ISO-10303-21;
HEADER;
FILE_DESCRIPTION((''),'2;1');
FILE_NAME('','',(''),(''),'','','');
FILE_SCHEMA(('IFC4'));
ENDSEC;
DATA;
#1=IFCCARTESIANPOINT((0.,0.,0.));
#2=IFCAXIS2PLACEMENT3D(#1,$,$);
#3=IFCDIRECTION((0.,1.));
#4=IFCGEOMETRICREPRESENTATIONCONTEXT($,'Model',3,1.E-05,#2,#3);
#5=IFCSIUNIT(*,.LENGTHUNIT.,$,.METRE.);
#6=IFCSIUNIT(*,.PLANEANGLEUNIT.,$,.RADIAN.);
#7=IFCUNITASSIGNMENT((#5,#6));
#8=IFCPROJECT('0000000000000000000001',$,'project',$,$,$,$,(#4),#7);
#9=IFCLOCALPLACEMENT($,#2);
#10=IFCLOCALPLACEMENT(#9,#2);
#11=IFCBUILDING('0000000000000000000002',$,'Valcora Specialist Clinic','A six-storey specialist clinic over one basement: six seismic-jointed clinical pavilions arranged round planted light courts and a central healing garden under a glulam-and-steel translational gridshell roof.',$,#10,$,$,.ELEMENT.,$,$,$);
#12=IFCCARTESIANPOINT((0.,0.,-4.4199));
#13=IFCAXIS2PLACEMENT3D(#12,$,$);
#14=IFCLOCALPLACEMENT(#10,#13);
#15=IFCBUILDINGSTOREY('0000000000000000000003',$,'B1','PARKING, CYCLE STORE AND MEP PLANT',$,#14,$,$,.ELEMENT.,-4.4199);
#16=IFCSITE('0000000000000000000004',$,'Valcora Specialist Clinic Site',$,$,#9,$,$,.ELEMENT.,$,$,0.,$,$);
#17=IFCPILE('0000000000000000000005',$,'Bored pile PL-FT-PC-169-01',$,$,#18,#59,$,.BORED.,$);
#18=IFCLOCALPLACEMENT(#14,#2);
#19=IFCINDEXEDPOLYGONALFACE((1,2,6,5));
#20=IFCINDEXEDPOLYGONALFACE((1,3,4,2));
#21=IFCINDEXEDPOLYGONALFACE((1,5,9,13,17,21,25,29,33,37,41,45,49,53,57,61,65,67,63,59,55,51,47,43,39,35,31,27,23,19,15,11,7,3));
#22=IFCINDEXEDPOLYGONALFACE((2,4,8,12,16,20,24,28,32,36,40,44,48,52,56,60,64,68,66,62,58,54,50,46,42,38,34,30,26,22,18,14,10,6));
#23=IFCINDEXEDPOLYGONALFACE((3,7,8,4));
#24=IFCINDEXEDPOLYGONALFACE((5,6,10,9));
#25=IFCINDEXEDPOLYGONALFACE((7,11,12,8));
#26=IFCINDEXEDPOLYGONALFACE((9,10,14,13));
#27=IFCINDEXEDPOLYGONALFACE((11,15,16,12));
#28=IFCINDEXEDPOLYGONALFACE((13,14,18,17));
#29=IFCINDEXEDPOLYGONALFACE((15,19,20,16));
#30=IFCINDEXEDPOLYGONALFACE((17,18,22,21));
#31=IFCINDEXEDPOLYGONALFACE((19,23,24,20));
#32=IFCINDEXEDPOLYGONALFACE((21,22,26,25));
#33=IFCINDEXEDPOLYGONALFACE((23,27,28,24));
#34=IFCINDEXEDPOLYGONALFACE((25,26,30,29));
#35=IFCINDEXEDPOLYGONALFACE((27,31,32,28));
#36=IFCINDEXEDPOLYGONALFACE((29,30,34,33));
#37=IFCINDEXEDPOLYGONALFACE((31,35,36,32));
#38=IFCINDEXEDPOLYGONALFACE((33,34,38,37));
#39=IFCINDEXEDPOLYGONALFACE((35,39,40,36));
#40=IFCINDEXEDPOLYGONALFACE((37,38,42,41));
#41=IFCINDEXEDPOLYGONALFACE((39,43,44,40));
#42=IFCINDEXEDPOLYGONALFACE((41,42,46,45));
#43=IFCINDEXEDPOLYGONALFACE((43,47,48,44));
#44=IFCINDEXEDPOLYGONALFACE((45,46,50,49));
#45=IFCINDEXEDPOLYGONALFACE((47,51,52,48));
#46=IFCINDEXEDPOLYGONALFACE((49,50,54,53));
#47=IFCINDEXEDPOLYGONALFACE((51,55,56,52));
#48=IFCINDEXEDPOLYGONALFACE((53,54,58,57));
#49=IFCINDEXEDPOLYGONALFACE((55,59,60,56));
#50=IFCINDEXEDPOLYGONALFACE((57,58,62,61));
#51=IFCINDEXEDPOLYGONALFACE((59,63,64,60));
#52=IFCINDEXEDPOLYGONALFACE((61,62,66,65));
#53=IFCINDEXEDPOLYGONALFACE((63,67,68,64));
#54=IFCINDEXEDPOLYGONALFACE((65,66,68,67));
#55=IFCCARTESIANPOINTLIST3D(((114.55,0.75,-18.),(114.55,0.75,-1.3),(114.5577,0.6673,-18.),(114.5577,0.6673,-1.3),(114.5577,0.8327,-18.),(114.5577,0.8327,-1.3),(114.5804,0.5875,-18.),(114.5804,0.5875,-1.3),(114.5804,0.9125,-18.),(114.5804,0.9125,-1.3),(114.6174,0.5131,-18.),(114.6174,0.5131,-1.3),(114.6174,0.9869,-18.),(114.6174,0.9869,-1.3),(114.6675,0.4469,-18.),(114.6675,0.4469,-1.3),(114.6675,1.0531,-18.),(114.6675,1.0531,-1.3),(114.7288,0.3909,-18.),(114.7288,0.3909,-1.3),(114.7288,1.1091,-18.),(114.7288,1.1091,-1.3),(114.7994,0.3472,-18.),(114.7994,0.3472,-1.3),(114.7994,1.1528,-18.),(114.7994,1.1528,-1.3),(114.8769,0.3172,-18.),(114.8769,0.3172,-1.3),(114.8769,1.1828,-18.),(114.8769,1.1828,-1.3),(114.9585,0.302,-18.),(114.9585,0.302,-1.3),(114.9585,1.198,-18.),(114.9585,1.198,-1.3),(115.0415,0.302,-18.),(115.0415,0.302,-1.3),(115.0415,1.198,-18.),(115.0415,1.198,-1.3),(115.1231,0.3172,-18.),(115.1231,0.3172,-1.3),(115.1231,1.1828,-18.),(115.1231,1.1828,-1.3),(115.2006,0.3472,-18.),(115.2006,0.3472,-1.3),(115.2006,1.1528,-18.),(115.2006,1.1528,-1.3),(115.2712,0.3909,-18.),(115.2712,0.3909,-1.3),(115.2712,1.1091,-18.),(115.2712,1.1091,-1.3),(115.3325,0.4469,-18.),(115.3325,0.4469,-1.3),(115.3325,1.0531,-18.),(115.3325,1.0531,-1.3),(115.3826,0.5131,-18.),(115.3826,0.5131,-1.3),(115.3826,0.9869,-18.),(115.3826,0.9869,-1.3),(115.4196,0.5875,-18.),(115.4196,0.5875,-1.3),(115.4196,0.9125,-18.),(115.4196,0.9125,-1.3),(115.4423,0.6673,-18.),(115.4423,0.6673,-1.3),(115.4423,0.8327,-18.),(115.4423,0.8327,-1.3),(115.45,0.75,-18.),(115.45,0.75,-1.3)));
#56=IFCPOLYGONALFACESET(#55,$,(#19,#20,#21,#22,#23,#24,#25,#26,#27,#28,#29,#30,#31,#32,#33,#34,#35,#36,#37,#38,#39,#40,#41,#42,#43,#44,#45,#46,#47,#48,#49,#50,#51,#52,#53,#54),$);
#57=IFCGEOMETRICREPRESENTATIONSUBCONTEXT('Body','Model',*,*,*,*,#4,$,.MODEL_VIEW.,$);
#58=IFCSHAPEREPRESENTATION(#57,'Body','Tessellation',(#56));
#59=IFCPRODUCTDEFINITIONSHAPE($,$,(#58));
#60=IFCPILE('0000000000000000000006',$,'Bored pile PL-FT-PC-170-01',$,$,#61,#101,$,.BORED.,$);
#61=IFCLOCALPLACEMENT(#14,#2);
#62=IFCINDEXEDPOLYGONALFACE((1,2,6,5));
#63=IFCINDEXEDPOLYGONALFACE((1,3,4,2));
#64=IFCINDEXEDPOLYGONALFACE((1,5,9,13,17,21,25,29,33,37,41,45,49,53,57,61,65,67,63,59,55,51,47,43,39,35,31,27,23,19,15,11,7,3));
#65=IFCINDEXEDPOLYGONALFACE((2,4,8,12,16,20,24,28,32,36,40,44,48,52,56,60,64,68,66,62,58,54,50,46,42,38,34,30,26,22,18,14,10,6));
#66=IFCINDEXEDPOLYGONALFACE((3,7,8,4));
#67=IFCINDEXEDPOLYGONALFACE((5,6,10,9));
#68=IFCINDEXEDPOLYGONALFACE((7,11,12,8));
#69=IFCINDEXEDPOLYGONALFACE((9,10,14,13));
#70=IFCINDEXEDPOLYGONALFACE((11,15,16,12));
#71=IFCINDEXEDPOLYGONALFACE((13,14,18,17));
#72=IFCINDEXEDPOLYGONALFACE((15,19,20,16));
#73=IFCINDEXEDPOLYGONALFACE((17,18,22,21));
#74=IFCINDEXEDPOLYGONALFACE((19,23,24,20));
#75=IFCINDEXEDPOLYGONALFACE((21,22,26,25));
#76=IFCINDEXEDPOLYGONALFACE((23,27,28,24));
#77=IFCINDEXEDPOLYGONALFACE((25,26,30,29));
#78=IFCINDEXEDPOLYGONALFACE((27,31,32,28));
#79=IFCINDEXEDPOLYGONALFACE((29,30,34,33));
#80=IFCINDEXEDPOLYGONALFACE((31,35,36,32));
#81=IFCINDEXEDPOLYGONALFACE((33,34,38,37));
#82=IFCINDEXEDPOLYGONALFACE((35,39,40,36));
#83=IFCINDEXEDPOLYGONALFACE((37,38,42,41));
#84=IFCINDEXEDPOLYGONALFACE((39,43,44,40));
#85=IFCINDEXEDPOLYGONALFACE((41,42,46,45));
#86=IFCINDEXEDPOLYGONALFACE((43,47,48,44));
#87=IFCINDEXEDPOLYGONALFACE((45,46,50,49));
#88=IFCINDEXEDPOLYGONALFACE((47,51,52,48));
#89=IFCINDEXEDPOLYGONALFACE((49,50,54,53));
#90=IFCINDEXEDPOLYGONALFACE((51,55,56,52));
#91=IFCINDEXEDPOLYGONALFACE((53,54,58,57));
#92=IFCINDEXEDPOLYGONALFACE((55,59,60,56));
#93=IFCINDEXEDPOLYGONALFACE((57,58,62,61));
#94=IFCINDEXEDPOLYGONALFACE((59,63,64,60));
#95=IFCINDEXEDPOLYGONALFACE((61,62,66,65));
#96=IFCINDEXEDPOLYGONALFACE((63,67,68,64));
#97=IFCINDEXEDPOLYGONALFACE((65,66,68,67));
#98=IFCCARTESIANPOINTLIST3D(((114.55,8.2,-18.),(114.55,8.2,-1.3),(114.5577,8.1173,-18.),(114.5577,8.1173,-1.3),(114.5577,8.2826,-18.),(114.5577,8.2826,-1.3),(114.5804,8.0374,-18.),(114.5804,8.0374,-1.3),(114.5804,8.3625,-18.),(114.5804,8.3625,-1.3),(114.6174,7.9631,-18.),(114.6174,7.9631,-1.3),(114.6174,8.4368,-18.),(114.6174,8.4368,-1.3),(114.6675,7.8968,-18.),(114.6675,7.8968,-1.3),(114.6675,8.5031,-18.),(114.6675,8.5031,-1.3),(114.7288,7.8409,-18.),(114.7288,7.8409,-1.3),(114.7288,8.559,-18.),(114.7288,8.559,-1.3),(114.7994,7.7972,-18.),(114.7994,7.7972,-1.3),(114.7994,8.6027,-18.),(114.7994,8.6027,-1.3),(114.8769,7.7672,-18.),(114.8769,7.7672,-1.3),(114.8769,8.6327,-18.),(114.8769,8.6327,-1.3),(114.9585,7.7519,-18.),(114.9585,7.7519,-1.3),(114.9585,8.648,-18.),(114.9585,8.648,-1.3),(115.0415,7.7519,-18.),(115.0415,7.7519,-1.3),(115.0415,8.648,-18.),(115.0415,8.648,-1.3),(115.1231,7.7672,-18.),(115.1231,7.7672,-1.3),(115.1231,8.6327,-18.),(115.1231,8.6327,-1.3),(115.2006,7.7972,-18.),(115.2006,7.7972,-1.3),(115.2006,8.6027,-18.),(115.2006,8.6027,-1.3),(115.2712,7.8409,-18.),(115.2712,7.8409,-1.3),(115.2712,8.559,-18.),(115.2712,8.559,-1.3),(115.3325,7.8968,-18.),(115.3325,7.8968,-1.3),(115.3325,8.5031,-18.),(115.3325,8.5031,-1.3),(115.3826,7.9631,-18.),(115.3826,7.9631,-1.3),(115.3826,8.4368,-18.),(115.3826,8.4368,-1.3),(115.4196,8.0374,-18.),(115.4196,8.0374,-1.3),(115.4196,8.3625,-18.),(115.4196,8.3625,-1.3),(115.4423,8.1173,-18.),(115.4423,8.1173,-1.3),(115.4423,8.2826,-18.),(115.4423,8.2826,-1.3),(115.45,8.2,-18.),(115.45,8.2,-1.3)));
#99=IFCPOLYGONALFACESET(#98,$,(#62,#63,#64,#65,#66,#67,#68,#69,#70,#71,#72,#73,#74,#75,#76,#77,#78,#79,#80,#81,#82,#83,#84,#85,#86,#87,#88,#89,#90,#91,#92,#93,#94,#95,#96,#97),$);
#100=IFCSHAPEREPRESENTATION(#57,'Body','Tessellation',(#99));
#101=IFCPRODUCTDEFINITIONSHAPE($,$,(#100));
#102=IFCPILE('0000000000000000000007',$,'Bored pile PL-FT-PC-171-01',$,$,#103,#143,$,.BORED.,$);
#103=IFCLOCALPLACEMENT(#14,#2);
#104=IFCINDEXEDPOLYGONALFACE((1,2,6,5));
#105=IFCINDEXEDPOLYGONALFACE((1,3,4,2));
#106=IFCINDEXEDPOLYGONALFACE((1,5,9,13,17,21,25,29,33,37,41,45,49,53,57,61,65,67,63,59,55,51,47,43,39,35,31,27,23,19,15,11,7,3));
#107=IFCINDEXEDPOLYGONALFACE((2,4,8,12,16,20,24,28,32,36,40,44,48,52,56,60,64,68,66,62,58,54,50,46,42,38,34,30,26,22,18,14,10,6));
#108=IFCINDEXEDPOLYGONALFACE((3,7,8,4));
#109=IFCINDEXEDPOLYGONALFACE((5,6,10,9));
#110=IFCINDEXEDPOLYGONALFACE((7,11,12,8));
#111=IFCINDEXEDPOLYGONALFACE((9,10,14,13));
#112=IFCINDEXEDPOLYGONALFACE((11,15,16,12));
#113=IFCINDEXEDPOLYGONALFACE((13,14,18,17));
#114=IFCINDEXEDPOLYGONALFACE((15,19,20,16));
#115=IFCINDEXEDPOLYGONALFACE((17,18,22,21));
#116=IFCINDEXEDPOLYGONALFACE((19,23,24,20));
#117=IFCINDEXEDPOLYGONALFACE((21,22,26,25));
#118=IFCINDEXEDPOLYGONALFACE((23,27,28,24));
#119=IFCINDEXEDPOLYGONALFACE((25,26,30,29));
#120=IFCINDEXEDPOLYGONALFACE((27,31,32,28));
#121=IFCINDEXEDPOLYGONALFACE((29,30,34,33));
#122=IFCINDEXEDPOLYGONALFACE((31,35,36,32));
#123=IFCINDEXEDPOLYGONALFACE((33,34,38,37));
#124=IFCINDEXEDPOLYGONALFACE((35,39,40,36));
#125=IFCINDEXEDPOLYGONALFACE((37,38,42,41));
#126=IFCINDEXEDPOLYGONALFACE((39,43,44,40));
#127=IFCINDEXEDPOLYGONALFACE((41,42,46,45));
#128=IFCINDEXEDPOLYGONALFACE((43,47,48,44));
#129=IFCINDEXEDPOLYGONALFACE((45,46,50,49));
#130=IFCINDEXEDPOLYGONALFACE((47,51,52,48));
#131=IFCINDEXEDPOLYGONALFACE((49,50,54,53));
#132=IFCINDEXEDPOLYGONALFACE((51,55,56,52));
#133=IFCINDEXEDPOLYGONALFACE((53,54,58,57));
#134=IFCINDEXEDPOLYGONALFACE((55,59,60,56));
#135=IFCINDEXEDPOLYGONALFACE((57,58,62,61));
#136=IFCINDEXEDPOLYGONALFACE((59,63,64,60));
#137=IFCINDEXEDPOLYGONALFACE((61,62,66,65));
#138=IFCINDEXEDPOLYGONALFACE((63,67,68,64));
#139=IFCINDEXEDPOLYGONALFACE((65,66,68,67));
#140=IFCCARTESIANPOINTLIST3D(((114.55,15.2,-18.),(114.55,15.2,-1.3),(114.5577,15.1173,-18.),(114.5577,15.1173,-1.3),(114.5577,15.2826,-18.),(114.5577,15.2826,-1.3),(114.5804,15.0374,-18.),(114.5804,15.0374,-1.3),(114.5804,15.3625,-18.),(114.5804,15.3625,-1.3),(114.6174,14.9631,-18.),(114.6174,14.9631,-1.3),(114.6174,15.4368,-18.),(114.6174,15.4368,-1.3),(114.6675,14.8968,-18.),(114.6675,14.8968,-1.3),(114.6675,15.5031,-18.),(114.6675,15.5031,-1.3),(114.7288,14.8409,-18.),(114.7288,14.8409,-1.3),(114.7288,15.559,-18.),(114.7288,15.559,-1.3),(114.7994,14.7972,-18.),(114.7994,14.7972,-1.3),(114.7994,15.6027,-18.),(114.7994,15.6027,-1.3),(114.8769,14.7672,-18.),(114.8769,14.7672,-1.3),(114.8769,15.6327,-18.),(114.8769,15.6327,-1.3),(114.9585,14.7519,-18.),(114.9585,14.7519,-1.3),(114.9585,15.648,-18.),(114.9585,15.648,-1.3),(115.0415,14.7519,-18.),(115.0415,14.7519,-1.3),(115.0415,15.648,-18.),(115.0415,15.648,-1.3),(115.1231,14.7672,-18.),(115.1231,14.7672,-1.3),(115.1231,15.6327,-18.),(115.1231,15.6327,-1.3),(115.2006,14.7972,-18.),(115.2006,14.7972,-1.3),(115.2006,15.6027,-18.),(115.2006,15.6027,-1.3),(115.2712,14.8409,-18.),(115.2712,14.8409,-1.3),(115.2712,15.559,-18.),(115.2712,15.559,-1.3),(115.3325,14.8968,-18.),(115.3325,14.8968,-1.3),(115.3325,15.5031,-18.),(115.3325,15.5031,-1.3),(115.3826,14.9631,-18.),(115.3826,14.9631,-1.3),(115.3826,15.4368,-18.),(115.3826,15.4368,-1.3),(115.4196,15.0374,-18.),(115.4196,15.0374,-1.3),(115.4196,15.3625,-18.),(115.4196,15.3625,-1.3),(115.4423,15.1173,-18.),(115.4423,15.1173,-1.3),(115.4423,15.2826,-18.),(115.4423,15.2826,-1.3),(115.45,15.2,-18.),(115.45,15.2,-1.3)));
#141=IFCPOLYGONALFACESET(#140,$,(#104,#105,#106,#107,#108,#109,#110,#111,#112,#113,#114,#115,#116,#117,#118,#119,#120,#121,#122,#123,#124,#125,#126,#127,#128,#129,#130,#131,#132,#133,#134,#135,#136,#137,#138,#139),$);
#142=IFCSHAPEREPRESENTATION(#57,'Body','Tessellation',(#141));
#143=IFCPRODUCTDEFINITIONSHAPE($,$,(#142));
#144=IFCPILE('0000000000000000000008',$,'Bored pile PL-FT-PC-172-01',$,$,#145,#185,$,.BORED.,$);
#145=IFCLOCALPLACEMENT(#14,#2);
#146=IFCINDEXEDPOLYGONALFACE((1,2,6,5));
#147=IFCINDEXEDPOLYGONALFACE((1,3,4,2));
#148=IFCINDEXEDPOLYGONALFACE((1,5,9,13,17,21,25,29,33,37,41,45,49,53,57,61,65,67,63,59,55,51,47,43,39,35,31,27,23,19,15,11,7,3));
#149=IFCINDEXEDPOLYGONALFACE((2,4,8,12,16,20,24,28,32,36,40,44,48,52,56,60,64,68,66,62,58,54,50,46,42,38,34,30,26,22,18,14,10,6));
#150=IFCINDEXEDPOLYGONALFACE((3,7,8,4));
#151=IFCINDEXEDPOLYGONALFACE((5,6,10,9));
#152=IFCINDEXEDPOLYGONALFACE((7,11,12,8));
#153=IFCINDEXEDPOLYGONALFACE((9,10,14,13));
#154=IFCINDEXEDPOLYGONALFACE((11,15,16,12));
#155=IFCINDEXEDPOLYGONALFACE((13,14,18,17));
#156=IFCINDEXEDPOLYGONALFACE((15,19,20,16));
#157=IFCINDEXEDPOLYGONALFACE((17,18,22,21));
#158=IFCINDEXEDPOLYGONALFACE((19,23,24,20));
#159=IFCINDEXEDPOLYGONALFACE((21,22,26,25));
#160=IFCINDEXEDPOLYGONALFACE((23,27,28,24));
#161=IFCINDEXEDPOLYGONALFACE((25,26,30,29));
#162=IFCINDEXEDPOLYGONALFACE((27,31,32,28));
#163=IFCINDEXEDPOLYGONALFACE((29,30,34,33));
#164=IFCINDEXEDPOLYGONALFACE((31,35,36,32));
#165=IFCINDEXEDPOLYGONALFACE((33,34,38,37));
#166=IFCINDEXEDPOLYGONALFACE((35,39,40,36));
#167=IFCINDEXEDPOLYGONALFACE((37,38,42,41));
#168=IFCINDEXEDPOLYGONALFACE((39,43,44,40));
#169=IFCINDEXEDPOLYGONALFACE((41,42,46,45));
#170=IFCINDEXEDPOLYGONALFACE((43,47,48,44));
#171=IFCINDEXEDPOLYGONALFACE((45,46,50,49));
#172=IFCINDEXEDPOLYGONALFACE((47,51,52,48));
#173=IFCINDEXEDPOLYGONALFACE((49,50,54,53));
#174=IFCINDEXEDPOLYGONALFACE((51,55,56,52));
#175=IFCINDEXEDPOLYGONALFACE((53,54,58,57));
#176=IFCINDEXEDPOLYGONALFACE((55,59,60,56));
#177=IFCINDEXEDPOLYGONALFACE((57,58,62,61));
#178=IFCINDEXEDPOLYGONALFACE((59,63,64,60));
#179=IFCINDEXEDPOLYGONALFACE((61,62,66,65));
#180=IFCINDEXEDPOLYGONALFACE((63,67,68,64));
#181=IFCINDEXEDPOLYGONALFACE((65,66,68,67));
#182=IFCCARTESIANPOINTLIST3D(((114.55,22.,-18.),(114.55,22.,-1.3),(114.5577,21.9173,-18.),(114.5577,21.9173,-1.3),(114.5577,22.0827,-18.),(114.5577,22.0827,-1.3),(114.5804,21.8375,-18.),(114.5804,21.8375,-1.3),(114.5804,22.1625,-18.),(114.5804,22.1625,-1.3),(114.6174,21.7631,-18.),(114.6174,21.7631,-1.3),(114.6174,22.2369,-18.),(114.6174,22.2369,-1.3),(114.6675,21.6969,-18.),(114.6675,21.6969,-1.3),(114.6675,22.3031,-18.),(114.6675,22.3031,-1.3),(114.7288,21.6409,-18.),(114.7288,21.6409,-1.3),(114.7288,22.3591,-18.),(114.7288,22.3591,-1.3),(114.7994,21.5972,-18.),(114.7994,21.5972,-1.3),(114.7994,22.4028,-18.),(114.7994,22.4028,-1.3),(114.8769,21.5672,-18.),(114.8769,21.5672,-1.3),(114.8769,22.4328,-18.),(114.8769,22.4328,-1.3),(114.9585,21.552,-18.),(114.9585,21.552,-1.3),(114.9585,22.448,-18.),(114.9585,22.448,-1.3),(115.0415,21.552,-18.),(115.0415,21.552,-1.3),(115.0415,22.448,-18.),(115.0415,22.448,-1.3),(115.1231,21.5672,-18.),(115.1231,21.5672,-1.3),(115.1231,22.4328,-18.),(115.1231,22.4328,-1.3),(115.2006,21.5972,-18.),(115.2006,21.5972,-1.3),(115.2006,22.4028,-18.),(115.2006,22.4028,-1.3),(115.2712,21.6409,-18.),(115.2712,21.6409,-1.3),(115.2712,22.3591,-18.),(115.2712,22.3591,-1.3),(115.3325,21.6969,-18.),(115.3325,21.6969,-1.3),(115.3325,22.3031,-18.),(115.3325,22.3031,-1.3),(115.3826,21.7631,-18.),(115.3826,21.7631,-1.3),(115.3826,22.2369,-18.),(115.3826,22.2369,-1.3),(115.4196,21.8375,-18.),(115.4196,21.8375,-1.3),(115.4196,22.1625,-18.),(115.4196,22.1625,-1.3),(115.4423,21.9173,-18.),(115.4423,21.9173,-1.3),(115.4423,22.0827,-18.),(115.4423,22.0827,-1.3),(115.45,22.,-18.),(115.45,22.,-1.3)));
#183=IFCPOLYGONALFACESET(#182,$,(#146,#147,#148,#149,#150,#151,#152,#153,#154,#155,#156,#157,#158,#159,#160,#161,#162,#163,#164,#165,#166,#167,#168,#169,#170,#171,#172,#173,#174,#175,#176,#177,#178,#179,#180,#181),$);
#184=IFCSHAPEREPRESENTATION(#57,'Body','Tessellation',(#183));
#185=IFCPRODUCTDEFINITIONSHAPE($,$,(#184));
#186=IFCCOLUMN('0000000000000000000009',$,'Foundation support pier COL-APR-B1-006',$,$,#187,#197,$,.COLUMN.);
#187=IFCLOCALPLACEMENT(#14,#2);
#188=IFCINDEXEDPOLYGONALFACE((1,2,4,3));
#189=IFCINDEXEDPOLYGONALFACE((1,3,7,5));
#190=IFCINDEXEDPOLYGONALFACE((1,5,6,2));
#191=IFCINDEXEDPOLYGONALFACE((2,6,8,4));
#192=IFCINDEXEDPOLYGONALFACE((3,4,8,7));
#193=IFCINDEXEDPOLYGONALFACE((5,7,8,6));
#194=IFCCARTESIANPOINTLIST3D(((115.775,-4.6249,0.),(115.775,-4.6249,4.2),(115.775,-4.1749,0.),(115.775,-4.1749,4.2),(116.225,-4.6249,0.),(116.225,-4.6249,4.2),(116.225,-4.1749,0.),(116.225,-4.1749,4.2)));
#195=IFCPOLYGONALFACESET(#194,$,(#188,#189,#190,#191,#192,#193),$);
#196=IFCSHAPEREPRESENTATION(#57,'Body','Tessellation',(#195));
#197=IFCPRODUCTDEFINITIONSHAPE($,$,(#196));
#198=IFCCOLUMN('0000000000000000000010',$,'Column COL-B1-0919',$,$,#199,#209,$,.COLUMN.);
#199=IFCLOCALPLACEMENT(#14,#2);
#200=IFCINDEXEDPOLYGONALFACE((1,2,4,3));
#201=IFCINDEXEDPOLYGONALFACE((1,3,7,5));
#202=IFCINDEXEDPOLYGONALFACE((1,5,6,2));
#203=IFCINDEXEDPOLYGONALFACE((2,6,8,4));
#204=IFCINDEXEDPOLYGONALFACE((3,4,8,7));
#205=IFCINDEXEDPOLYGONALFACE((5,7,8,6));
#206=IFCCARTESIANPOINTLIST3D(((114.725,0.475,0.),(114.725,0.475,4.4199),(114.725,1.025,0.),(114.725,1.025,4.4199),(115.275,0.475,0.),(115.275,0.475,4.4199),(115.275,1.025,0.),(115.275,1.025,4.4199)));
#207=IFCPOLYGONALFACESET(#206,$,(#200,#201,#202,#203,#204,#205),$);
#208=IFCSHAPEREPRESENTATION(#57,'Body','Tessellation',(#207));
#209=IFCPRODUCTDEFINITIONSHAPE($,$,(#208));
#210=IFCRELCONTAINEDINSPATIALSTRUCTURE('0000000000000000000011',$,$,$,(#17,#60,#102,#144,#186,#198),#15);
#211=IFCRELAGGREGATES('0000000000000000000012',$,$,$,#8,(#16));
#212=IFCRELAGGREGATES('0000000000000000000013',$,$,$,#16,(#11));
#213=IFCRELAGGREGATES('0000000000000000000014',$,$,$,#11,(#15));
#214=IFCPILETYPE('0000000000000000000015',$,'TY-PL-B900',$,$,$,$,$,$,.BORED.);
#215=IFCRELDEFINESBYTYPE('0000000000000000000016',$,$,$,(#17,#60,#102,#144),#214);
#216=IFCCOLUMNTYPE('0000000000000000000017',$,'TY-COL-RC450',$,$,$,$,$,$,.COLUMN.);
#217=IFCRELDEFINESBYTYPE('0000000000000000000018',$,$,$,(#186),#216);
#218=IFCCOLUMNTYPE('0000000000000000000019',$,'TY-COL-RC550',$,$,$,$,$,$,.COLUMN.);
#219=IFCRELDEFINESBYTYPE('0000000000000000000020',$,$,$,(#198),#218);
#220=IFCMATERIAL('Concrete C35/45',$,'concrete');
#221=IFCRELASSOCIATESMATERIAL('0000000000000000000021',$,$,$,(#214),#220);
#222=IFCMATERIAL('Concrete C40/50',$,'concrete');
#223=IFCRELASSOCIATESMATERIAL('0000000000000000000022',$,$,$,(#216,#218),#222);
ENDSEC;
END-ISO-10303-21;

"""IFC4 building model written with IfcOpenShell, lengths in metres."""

from ifc_helpers import new_model, si_unit, direction, frame, origin, origin_2d, place, context, subcontext, project, spatial, rectangle, circle, extrude, material, material_profile, profile_set, type_object, element, save


model = new_model("IFC4")

# Units and contexts
model_context = context("Model", 3, precision=1e-05, world=origin(), true_north=direction((0.0, 1.0)))
body_context = subcontext(model_context, "Body", "Model", "MODEL_VIEW")
ifc_project = project(units=[si_unit("LENGTHUNIT", "METRE"), si_unit("PLANEANGLEUNIT", "RADIAN")], contexts=[model_context])

# Site, building, storey
site_placement = place(None, origin())
site = spatial("IfcSite", under=ifc_project, at=site_placement, Name="Valcora Specialist Clinic Site", CompositionType="ELEMENT", RefElevation=0.0)
building_placement = place(site_placement, origin())
building = spatial("IfcBuilding", under=site, at=building_placement, Name="Valcora Specialist Clinic", Description="A six-storey specialist clinic over one basement: six seismic-jointed clinical pavilions arranged round planted light courts and a central healing garden under a glulam-and-steel translational gridshell roof.", CompositionType="ELEMENT")
storey_placement = place(building_placement, frame((0.0, 0.0, -4.4199)))
storey = spatial("IfcBuildingStorey", under=building, at=storey_placement, Name="B1", Description="PARKING, CYCLE STORE AND MEP PLANT", CompositionType="ELEMENT", Elevation=-4.4199)

# Shared definitions
ifc_material_1 = material(Name="Concrete C35/45", Category="concrete")

# Piles
ifc_material_profile_1 = material_profile(ifc_material_1, circle(Radius=0.45, at=origin_2d()), Name="RC-PIL-D900")
ifc_profile_set_1 = profile_set([ifc_material_profile_1], Name="Concrete C35/45")
pile_type_1 = type_object("IfcPileType", Name="TY-PL-B900", PredefinedType="BORED", material=ifc_profile_set_1)
for number, where, z_axis, x_axis, name in (
    (1, (115.0, 0.75, -1.3), (0.0, 0.0, -1.0), (1.0, 0.0, 0.0), "Bored pile PL-FT-PC-169-01"),
    (2, (115.0, 8.2, -1.3), (0.0, 0.0, -1.0), (1.0, 0.0, 0.0), "Bored pile PL-FT-PC-170-01"),
    (3, (115.0, 15.2, -1.3), (0.0, 0.0, -1.0), (1.0, 0.0, 0.0), "Bored pile PL-FT-PC-171-01"),
    (4, (115.0, 22.0, -1.3), (0.0, 0.0, -1.0), (1.0, 0.0, 0.0), "Bored pile PL-FT-PC-172-01"),
):
    element("IfcPile", number, at=place(storey_placement, frame(where, z_axis=z_axis, x_axis=x_axis)), inside=storey, type_object=pile_type_1, Name=name, PredefinedType="BORED", context=body_context, shape_type="SweptSolid", body=[
        extrude(circle(Radius=0.45, at=origin_2d()), origin(), (0.0, 0.0, 1.0), 16.7),
    ])

# Columns
ifc_material_2 = material(Name="Concrete C40/50", Category="concrete")
ifc_material_profile_2 = material_profile(ifc_material_2, rectangle(XDim=0.45, YDim=0.45, at=origin_2d()), Name="RC-COL-450X450")
ifc_profile_set_2 = profile_set([ifc_material_profile_2], Name="Concrete C40/50")
column_type_1 = type_object("IfcColumnType", Name="TY-COL-RC450", PredefinedType="COLUMN", material=ifc_profile_set_2)
column_placement = place(storey_placement, frame((116.0, -4.3999, 0.0), z_axis=(0.0, 0.0, 1.0), x_axis=(1.0, 0.0, 0.0)))
element("IfcColumn", 5, at=column_placement, inside=storey, type_object=column_type_1, Name="Foundation support pier COL-APR-B1-006", PredefinedType="COLUMN", context=body_context, shape_type="SweptSolid", body=[
    extrude(rectangle(XDim=0.45, YDim=0.45, at=origin_2d()), origin(), (0.0, 0.0, 1.0), 4.2),
])
ifc_material_profile_3 = material_profile(ifc_material_2, rectangle(XDim=0.55, YDim=0.55, at=origin_2d()), Name="RC-COL-550X550")
ifc_profile_set_3 = profile_set([ifc_material_profile_3], Name="Concrete C40/50")
column_type_2 = type_object("IfcColumnType", Name="TY-COL-RC550", PredefinedType="COLUMN", material=ifc_profile_set_3)
for number, where, z_axis, x_axis, name in (
    (6, (115.0, 0.75, 0.0), (0.0, 0.0, 1.0), (1.0, 0.0, 0.0), "Column COL-B1-0919"),
):
    element("IfcColumn", number, at=place(storey_placement, frame(where, z_axis=z_axis, x_axis=x_axis)), inside=storey, type_object=column_type_2, Name=name, PredefinedType="COLUMN", context=body_context, shape_type="SweptSolid", body=[
        extrude(rectangle(XDim=0.55, YDim=0.55, at=origin_2d()), origin(), (0.0, 0.0, 1.0), 4.4199),
    ])

save(model, "model.ifc")
